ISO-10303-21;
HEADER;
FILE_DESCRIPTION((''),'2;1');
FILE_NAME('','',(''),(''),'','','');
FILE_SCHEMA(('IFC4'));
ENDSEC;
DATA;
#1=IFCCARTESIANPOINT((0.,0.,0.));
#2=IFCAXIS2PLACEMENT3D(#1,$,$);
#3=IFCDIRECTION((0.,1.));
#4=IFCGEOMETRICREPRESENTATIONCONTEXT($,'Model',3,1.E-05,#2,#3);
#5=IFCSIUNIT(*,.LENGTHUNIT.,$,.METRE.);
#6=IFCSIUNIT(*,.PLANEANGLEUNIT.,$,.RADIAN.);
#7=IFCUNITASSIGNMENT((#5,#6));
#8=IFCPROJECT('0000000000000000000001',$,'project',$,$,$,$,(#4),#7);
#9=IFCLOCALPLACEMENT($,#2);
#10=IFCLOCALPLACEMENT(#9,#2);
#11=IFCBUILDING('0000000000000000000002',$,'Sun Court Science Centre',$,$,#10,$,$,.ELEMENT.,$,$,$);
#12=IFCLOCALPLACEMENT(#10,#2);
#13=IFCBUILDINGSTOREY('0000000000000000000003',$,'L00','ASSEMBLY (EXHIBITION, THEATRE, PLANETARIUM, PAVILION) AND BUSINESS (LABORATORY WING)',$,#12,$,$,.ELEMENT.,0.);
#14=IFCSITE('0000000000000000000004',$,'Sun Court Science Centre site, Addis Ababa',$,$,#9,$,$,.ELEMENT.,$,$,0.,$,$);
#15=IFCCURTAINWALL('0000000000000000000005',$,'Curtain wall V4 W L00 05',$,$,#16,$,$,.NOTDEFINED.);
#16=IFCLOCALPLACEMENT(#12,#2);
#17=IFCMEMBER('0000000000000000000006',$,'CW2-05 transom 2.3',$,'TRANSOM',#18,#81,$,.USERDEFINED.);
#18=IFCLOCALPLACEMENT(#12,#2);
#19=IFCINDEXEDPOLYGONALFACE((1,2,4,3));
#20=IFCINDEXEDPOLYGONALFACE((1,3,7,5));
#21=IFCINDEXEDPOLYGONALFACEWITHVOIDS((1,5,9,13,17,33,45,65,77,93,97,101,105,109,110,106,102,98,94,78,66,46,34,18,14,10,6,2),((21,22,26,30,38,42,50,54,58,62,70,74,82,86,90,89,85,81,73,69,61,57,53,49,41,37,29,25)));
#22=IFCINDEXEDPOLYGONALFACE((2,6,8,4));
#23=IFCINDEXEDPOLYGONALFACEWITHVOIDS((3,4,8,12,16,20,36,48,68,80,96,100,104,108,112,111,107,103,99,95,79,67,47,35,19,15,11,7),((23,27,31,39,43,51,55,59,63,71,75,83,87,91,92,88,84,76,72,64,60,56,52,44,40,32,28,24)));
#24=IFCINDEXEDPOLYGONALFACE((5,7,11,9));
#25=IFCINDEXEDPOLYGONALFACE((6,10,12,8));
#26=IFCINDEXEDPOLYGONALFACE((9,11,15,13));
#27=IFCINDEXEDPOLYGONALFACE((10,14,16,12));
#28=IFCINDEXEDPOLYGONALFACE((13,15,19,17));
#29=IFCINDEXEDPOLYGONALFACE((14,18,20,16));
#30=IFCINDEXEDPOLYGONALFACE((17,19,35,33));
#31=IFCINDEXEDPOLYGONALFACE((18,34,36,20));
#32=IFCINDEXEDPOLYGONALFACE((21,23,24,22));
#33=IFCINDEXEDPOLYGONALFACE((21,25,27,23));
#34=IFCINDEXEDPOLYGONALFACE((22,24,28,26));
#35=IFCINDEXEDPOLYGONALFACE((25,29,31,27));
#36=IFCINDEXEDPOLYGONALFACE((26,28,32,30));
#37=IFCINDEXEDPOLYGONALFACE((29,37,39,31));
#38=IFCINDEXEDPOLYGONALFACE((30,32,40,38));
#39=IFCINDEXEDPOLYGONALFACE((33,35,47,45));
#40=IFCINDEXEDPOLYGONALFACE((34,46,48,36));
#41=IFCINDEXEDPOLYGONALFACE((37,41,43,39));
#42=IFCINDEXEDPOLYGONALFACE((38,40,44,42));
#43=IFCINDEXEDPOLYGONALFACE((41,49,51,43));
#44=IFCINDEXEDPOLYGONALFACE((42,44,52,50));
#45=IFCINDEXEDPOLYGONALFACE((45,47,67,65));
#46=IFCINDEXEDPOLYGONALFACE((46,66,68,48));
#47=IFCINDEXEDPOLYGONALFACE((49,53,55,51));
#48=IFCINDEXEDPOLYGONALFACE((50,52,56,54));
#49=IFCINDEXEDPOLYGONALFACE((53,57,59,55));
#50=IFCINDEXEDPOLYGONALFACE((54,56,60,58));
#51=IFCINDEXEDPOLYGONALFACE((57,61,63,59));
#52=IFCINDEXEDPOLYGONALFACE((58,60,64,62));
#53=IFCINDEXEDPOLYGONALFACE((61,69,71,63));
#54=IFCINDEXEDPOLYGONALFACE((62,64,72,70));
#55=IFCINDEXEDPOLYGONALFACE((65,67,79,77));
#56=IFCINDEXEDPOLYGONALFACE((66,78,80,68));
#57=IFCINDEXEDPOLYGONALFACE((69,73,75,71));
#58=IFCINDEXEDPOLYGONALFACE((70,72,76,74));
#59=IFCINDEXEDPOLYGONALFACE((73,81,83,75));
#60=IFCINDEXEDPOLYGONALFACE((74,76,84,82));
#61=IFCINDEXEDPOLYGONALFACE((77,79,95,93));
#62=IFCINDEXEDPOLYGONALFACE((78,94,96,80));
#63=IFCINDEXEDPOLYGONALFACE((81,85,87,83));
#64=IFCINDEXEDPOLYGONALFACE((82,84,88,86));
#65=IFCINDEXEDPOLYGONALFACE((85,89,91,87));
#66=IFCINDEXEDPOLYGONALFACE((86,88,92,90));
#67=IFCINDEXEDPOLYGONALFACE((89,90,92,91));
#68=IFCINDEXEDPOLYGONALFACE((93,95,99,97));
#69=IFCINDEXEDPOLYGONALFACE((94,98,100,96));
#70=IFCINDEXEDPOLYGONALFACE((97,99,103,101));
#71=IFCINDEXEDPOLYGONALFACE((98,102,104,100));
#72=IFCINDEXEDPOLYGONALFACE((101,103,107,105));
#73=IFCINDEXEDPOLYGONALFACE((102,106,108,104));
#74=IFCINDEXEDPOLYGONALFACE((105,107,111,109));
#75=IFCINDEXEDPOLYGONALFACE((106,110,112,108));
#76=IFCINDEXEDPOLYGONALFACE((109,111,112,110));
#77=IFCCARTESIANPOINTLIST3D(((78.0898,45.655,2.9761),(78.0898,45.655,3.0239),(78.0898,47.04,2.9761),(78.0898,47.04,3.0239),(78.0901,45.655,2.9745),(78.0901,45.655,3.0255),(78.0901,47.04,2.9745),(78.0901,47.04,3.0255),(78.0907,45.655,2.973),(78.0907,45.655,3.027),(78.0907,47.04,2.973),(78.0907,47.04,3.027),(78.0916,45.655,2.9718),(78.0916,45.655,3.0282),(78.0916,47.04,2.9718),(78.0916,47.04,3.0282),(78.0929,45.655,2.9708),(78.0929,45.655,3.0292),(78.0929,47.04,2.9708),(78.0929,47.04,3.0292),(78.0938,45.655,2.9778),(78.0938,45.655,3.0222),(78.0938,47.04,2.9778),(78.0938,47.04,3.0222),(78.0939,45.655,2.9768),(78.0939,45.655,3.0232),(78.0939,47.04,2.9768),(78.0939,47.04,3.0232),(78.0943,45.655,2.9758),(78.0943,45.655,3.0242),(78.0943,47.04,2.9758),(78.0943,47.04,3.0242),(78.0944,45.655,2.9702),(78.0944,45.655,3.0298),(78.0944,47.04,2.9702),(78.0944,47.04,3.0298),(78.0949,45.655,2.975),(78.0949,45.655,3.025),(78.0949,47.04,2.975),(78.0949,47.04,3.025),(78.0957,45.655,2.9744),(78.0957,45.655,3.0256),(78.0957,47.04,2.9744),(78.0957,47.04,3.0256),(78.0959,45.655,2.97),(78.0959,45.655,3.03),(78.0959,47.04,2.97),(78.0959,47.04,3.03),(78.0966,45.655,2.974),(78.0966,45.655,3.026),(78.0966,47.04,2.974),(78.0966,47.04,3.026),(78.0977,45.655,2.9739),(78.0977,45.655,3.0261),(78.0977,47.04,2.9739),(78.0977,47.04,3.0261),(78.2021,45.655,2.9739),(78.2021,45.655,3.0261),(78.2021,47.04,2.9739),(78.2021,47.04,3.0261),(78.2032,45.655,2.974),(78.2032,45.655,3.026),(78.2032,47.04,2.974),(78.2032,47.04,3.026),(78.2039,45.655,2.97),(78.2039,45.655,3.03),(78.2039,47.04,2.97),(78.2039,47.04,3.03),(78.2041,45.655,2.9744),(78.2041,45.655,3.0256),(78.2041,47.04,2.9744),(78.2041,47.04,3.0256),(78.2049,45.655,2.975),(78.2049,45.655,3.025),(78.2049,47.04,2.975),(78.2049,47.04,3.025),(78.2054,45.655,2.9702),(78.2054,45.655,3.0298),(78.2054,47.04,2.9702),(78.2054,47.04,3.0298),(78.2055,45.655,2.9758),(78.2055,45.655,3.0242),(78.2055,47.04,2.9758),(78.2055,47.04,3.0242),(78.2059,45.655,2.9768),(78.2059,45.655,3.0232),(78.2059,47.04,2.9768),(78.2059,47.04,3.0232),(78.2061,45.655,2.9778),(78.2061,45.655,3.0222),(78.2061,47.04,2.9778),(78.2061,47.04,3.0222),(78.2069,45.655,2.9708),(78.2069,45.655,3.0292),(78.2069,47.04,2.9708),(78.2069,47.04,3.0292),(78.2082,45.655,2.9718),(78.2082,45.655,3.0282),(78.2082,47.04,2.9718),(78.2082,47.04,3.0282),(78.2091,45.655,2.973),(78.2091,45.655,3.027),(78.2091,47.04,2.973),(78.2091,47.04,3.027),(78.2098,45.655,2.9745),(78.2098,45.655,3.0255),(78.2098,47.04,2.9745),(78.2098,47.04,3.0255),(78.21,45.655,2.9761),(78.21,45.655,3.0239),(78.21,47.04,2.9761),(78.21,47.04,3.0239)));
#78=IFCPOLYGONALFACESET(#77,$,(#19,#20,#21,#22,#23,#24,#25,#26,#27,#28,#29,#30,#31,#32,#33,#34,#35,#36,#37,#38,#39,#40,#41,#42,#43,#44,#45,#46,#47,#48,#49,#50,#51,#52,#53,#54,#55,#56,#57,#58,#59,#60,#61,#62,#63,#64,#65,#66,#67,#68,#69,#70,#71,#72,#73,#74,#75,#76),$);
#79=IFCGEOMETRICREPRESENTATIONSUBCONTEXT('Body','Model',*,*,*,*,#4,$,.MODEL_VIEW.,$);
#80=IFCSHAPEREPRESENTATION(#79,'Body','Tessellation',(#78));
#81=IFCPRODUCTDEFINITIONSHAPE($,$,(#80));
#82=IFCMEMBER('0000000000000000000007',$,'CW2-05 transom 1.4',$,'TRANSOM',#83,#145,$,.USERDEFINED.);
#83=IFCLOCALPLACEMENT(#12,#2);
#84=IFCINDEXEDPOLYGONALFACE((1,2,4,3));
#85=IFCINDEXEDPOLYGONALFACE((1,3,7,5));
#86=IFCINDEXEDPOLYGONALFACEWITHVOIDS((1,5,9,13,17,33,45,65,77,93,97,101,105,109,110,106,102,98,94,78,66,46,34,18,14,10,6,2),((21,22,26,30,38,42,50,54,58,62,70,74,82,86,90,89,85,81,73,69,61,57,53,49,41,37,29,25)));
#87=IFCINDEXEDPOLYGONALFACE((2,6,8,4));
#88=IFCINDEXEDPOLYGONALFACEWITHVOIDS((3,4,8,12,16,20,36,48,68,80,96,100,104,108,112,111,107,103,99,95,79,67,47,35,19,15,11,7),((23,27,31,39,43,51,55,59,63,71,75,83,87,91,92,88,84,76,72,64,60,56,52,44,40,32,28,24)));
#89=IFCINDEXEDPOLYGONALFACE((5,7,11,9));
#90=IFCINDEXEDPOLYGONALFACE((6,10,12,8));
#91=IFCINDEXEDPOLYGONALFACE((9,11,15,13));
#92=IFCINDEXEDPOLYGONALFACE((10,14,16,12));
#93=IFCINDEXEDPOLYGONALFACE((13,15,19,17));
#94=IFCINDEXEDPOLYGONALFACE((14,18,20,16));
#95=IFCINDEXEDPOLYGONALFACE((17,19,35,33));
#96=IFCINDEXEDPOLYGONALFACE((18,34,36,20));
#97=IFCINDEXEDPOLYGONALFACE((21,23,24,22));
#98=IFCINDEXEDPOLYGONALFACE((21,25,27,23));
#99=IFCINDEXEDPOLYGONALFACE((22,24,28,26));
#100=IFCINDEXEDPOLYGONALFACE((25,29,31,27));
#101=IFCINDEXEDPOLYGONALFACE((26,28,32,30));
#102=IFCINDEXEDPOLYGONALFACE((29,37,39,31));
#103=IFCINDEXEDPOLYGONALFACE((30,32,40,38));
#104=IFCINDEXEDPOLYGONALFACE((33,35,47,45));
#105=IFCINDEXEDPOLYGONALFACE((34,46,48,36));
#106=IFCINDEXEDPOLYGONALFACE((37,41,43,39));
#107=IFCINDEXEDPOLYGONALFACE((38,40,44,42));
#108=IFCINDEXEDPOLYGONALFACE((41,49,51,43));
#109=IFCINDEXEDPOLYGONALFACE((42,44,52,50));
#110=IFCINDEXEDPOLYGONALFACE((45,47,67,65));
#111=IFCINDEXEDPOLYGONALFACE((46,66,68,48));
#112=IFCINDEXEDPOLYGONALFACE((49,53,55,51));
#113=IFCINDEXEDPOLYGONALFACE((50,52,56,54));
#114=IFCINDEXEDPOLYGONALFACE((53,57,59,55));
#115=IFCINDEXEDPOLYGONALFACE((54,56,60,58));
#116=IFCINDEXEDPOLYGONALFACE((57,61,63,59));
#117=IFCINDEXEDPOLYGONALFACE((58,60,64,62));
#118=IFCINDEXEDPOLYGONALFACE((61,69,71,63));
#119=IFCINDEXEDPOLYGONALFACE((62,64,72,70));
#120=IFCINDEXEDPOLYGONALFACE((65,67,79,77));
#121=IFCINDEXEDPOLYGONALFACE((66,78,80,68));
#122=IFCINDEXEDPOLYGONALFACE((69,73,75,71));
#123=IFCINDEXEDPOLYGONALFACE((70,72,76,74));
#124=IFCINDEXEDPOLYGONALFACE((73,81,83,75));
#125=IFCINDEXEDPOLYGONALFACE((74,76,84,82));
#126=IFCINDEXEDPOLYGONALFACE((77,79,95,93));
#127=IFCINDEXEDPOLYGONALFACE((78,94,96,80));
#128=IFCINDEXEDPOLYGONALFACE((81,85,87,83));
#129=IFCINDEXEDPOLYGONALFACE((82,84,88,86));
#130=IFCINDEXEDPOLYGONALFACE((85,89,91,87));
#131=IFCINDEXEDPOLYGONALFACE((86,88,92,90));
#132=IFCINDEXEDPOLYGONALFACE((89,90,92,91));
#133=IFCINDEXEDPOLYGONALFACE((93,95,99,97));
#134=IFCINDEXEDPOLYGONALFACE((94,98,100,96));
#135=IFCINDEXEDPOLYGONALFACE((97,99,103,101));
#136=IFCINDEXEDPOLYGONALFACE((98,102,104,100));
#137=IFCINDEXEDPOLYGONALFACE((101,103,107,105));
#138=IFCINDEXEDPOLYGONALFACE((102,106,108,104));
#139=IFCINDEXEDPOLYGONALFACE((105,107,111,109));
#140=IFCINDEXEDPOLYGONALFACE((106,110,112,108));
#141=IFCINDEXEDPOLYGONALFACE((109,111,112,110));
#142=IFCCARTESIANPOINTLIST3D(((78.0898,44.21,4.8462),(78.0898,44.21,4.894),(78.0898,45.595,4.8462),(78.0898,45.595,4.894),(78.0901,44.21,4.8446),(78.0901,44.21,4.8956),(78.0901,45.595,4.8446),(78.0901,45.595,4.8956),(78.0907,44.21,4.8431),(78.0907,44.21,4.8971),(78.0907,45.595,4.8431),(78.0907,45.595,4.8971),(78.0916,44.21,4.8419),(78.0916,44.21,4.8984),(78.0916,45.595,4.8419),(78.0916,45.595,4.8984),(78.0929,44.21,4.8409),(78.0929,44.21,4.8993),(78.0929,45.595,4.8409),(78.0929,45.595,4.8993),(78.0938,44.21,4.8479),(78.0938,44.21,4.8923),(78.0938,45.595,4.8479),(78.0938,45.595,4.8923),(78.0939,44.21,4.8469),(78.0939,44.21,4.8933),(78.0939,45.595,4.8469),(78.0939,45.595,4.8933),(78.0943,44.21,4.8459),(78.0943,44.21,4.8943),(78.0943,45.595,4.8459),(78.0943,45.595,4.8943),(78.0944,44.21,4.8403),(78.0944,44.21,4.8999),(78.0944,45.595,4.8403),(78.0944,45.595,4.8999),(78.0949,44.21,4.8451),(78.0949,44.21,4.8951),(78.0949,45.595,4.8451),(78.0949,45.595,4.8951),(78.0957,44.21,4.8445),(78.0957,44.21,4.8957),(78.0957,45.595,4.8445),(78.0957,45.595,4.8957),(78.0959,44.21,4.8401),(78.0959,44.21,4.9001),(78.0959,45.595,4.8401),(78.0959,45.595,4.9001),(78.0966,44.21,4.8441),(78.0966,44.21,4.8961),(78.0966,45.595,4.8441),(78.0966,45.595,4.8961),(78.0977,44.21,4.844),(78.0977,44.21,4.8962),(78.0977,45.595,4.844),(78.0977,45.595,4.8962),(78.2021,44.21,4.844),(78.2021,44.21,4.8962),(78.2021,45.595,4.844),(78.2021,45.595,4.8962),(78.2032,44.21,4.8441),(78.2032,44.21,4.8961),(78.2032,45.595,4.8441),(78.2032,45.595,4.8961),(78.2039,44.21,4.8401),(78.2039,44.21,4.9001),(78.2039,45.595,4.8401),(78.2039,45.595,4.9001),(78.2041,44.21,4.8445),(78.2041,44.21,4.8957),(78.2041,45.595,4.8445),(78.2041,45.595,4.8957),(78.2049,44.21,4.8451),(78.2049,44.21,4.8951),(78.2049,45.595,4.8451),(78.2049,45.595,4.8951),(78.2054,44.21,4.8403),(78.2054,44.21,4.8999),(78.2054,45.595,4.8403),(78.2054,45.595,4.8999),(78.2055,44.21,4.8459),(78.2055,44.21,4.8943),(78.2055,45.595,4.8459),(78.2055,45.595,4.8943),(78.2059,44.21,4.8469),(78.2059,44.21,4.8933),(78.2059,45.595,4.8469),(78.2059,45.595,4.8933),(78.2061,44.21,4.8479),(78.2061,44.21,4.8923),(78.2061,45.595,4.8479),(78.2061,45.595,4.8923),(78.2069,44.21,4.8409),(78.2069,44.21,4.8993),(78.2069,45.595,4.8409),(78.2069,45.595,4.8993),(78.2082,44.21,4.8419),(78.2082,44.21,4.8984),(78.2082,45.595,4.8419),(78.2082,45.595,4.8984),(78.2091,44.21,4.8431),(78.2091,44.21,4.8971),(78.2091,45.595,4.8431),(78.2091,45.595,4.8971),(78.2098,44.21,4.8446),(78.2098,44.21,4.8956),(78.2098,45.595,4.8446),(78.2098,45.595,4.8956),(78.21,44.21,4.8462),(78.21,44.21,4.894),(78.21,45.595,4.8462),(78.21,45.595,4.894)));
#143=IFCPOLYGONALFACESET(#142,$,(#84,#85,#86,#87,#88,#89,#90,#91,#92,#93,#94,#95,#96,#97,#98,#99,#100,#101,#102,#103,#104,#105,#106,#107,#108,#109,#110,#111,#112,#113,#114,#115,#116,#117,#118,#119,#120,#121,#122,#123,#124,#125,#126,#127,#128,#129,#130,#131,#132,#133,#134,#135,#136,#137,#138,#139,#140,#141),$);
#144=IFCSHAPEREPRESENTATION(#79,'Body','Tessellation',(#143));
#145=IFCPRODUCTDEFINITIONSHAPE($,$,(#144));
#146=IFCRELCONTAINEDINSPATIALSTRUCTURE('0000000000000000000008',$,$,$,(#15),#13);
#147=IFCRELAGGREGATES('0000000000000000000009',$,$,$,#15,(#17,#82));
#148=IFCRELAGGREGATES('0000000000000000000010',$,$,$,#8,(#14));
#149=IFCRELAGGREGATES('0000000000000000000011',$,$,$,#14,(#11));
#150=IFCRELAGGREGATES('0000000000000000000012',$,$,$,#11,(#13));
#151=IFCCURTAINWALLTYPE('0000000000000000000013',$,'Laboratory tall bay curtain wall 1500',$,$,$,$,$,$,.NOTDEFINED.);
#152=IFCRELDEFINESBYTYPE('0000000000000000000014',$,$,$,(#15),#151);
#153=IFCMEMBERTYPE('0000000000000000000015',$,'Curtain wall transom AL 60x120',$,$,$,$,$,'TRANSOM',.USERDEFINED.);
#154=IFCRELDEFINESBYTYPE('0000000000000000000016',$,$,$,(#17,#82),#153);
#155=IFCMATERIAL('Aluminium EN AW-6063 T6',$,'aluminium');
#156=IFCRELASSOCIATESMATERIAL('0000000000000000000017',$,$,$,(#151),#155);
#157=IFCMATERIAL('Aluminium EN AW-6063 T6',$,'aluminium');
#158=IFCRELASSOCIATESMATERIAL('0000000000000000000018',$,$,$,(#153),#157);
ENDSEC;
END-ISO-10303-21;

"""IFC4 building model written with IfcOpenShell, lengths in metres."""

from ifc_helpers import new_model, si_unit, direction, frame, origin, origin_2d, place, context, subcontext, project, spatial, hollow_rectangle, extrude, material, material_profile, profile_set, type_object, element, aggregate, save


model = new_model("IFC4")

# Units and contexts
model_context = context("Model", 3, precision=1e-05, world=origin(), true_north=direction((0.0, 1.0)))
body_context = subcontext(model_context, "Body", "Model", "MODEL_VIEW")
ifc_project = project(units=[si_unit("LENGTHUNIT", "METRE"), si_unit("PLANEANGLEUNIT", "RADIAN")], contexts=[model_context])

# Site, building, storey
site_placement = place(None, origin())
site = spatial("IfcSite", under=ifc_project, at=site_placement, Name="Sun Court Science Centre site, Addis Ababa", CompositionType="ELEMENT", RefElevation=0.0)
building_placement = place(site_placement, origin())
building = spatial("IfcBuilding", under=site, at=building_placement, Name="Sun Court Science Centre", CompositionType="ELEMENT")
storey_placement = place(building_placement, origin())
storey = spatial("IfcBuildingStorey", under=building, at=storey_placement, Name="L00", Description="ASSEMBLY (EXHIBITION, THEATRE, PLANETARIUM, PAVILION) AND BUSINESS (LABORATORY WING)", CompositionType="ELEMENT", Elevation=0.0)

# Curtain wall
ifc_material_1 = material(Name="Aluminium EN AW-6063 T6", Category="aluminium")
curtain_wall_type_1 = type_object("IfcCurtainWallType", Name="Laboratory tall bay curtain wall 1500", PredefinedType="NOTDEFINED", material=ifc_material_1)
curtain_wall_1_placement = place(storey_placement, origin())
curtain_wall_1 = element("IfcCurtainWall", 1, at=curtain_wall_1_placement, inside=storey, type_object=curtain_wall_type_1, Name="Curtain wall V4 W L00 05", PredefinedType="NOTDEFINED")

# Members
ifc_material_2 = material(Name="Aluminium EN AW-6063 T6", Category="aluminium")
ifc_material_profile_1 = material_profile(ifc_material_2, hollow_rectangle(XDim=0.0601, YDim=0.1201, WallThickness=0.0039, InnerFilletRadius=0.0039, OuterFilletRadius=0.0061, at=origin_2d()), Name="AL 60x120x4")
ifc_profile_set_1 = profile_set([ifc_material_profile_1], Name="Aluminium EN AW-6063 T6")
member_type_1 = type_object("IfcMemberType", Name="Curtain wall transom AL 60x120", ElementType="TRANSOM", PredefinedType="USERDEFINED", material=ifc_profile_set_1)
member_1_placement = place(storey_placement, frame((78.1499, 45.655, 3.0), z_axis=(0.0, 1.0, 0.0), x_axis=(0.0, 0.0, 1.0)))
member_1 = element("IfcMember", 2, at=member_1_placement, type_object=member_type_1, Name="CW2-05 transom 2.3", ObjectType="TRANSOM", PredefinedType="USERDEFINED", context=body_context, shape_type="SweptSolid", body=[
    extrude(hollow_rectangle(XDim=0.0601, YDim=0.1201, WallThickness=0.0039, InnerFilletRadius=0.0039, OuterFilletRadius=0.0061, at=origin_2d()), origin(), (0.0, 0.0, 1.0), 1.385),
])
member_2_placement = place(storey_placement, frame((78.1499, 44.21, 4.8701), z_axis=(0.0, 1.0, 0.0), x_axis=(0.0, 0.0, 1.0)))
member_2 = element("IfcMember", 3, at=member_2_placement, type_object=member_type_1, Name="CW2-05 transom 1.4", ObjectType="TRANSOM", PredefinedType="USERDEFINED", context=body_context, shape_type="SweptSolid", body=[
    extrude(hollow_rectangle(XDim=0.0601, YDim=0.1201, WallThickness=0.0039, InnerFilletRadius=0.0039, OuterFilletRadius=0.0061, at=origin_2d()), origin(), (0.0, 0.0, 1.0), 1.385),
])

aggregate(curtain_wall_1, [member_1, member_2])

save(model, "model.ifc")
